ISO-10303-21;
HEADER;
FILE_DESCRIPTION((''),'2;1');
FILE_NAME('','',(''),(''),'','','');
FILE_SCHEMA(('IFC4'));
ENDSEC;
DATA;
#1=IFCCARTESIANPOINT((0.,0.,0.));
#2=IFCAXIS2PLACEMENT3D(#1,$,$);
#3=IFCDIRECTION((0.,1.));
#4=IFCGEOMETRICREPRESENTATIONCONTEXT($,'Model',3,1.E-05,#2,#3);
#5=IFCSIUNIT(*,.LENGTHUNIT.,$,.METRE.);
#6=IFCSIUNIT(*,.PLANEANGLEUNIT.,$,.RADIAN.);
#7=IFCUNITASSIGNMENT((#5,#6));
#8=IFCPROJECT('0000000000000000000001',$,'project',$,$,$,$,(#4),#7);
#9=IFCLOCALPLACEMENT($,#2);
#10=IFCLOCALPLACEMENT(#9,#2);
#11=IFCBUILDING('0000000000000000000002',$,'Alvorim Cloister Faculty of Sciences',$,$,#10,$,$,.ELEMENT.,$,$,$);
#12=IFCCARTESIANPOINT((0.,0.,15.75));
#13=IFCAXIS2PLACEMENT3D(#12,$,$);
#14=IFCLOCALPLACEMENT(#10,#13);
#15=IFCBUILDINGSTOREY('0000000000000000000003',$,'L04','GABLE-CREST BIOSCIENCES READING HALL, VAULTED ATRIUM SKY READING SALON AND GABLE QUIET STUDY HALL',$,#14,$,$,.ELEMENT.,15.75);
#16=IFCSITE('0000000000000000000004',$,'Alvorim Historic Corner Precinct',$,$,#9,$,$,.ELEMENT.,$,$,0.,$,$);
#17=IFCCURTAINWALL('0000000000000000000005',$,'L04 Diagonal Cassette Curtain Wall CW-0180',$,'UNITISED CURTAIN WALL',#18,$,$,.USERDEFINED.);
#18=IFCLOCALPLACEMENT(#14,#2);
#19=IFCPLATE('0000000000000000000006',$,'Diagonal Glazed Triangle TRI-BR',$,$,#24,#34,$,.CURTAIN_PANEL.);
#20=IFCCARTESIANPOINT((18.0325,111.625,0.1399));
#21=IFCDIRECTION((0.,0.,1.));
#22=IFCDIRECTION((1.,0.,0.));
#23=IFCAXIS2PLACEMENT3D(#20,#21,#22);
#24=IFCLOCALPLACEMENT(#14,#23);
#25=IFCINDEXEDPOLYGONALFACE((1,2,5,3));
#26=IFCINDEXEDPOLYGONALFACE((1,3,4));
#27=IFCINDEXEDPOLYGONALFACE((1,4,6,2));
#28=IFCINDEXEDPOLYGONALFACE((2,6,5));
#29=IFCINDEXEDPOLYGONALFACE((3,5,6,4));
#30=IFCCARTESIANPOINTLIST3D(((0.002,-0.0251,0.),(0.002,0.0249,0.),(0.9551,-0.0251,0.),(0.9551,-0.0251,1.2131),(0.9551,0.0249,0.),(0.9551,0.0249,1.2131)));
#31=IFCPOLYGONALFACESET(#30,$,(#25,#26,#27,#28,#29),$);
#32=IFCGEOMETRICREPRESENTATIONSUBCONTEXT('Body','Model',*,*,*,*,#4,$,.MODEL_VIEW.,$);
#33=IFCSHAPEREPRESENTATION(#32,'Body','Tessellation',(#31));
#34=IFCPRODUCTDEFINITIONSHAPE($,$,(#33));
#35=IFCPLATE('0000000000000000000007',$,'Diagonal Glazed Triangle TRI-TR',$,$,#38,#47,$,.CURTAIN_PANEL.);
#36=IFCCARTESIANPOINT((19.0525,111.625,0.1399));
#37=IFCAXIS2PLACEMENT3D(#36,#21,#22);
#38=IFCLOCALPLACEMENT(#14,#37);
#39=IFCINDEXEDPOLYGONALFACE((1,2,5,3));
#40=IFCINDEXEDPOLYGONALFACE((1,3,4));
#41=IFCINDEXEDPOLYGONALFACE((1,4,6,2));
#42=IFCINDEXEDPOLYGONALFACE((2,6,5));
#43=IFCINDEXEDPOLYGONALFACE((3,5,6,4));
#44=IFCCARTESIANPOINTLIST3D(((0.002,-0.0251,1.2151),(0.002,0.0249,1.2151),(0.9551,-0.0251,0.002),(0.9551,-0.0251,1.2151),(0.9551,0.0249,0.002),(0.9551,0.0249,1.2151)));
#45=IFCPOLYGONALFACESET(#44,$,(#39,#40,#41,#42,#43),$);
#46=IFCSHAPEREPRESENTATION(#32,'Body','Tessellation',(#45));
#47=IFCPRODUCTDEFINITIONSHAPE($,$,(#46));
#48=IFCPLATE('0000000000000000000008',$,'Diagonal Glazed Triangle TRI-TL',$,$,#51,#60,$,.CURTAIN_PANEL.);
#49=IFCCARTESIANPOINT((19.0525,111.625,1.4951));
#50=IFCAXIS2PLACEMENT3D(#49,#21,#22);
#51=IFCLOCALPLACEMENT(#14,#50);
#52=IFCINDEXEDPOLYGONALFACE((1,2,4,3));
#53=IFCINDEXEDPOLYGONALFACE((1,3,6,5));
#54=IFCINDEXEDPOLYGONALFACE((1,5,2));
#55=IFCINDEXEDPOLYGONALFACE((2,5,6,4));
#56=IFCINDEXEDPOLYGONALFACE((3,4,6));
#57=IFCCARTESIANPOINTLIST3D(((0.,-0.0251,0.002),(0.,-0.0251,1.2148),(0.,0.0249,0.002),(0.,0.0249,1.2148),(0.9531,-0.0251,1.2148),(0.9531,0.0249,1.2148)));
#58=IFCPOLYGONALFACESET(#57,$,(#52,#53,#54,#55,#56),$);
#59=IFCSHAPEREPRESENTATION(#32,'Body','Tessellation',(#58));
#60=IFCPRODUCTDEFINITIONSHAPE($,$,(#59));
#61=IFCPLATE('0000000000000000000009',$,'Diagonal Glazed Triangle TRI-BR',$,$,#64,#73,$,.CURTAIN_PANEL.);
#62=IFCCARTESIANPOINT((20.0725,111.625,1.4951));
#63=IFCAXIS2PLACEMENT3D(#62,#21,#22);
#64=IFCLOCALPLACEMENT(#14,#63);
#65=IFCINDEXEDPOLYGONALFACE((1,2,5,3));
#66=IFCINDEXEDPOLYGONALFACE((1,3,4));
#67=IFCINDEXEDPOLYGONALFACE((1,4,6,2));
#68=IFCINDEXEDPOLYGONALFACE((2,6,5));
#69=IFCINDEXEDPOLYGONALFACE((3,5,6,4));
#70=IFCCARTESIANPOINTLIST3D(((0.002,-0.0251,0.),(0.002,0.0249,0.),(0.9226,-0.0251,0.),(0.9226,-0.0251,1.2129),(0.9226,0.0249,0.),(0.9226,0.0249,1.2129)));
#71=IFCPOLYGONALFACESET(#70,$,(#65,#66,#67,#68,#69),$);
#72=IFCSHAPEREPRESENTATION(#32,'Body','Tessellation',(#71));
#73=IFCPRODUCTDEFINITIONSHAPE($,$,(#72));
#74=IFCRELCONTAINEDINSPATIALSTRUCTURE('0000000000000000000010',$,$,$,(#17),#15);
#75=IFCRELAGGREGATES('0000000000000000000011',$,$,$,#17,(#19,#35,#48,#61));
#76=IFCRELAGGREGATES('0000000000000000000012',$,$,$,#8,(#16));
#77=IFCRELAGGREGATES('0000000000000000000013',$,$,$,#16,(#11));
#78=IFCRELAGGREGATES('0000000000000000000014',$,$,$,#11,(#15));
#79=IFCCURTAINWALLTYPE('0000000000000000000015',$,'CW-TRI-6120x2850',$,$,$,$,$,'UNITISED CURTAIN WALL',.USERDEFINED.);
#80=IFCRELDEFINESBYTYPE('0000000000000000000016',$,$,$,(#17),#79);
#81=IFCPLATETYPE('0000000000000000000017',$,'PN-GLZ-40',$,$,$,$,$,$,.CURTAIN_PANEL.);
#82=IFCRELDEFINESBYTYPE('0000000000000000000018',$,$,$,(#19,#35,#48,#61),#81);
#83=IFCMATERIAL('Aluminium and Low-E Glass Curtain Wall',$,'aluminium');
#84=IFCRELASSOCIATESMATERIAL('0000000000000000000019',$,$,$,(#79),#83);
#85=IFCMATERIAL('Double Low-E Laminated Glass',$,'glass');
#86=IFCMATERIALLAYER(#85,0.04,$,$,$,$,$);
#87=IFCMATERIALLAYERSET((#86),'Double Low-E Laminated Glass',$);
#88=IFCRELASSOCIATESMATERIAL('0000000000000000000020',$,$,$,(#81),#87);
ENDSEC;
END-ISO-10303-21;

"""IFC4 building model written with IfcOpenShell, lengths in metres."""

from ifc_helpers import new_model, si_unit, direction, frame, origin, place, context, subcontext, project, spatial, polyline, outline, extrude, material, layer, layer_set, type_object, element, aggregate, save


model = new_model("IFC4")

# Units and contexts
model_context = context("Model", 3, precision=1e-05, world=origin(), true_north=direction((0.0, 1.0)))
body_context = subcontext(model_context, "Body", "Model", "MODEL_VIEW")
ifc_project = project(units=[si_unit("LENGTHUNIT", "METRE"), si_unit("PLANEANGLEUNIT", "RADIAN")], contexts=[model_context])

# Site, building, storey
site_placement = place(None, origin())
site = spatial("IfcSite", under=ifc_project, at=site_placement, Name="Alvorim Historic Corner Precinct", CompositionType="ELEMENT", RefElevation=0.0)
building_placement = place(site_placement, origin())
building = spatial("IfcBuilding", under=site, at=building_placement, Name="Alvorim Cloister Faculty of Sciences", CompositionType="ELEMENT")
storey_placement = place(building_placement, frame((0.0, 0.0, 15.75)))
storey = spatial("IfcBuildingStorey", under=building, at=storey_placement, Name="L04", Description="GABLE-CREST BIOSCIENCES READING HALL, VAULTED ATRIUM SKY READING SALON AND GABLE QUIET STUDY HALL", CompositionType="ELEMENT", Elevation=15.75)

# Curtain wall, plates
ifc_material_1 = material(Name="Aluminium and Low-E Glass Curtain Wall", Category="aluminium")
curtain_wall_type = type_object("IfcCurtainWallType", Name="CW-TRI-6120x2850", ElementType="UNITISED CURTAIN WALL", PredefinedType="USERDEFINED", material=ifc_material_1)
curtain_wall_placement = place(storey_placement, origin())
curtain_wall = element("IfcCurtainWall", 1, at=curtain_wall_placement, inside=storey, type_object=curtain_wall_type, Name="L04 Diagonal Cassette Curtain Wall CW-0180", ObjectType="UNITISED CURTAIN WALL", PredefinedType="USERDEFINED")
ifc_material_2 = material(Name="Double Low-E Laminated Glass", Category="glass")
ifc_layer = layer(ifc_material_2, 0.04)
ifc_layer_set = layer_set([ifc_layer], Name="Double Low-E Laminated Glass")
plate_type = type_object("IfcPlateType", Name="PN-GLZ-40", PredefinedType="CURTAIN_PANEL", material=ifc_layer_set)
plate_1_placement = place(storey_placement, frame((18.0325, 111.625, 0.1399), z_axis=(0.0, 0.0, 1.0), x_axis=(1.0, 0.0, 0.0)))
plate_1 = element("IfcPlate", 2, at=plate_1_placement, type_object=plate_type, Name="Diagonal Glazed Triangle TRI-BR", PredefinedType="CURTAIN_PANEL", context=body_context, shape_type="SweptSolid", body=[
    extrude(outline(polyline([(0.002, 0.0), (0.9551, 0.0), (0.9551, 1.2131), (0.002, 0.0)])), frame((0.0, 0.0249, 0.0), z_axis=(0.0, -1.0, 0.0), x_axis=(1.0, 0.0, 0.0)), (0.0, 0.0, 1.0), 0.05),
])
plate_2_placement = place(storey_placement, frame((19.0525, 111.625, 0.1399), z_axis=(0.0, 0.0, 1.0), x_axis=(1.0, 0.0, 0.0)))
plate_2 = element("IfcPlate", 3, at=plate_2_placement, type_object=plate_type, Name="Diagonal Glazed Triangle TRI-TR", PredefinedType="CURTAIN_PANEL", context=body_context, shape_type="SweptSolid", body=[
    extrude(outline(polyline([(0.9551, 0.002), (0.9551, 1.2151), (0.002, 1.2151), (0.9551, 0.002)])), frame((0.0, 0.0249, 0.0), z_axis=(0.0, -1.0, 0.0), x_axis=(1.0, 0.0, 0.0)), (0.0, 0.0, 1.0), 0.05),
])
plate_3_placement = place(storey_placement, frame((19.0525, 111.625, 1.4951), z_axis=(0.0, 0.0, 1.0), x_axis=(1.0, 0.0, 0.0)))
plate_3 = element("IfcPlate", 4, at=plate_3_placement, type_object=plate_type, Name="Diagonal Glazed Triangle TRI-TL", PredefinedType="CURTAIN_PANEL", context=body_context, shape_type="SweptSolid", body=[
    extrude(outline(polyline([(0.9531, 1.2148), (0.0, 1.2148), (0.0, 0.002), (0.9531, 1.2148)])), frame((0.0, 0.0249, 0.0), z_axis=(0.0, -1.0, 0.0), x_axis=(1.0, 0.0, 0.0)), (0.0, 0.0, 1.0), 0.05),
])
plate_4_placement = place(storey_placement, frame((20.0725, 111.625, 1.4951), z_axis=(0.0, 0.0, 1.0), x_axis=(1.0, 0.0, 0.0)))
plate_4 = element("IfcPlate", 5, at=plate_4_placement, type_object=plate_type, Name="Diagonal Glazed Triangle TRI-BR", PredefinedType="CURTAIN_PANEL", context=body_context, shape_type="SweptSolid", body=[
    extrude(outline(polyline([(0.002, 0.0), (0.9226, 0.0), (0.9226, 1.2129), (0.002, 0.0)])), frame((0.0, 0.0249, 0.0), z_axis=(0.0, -1.0, 0.0), x_axis=(1.0, 0.0, 0.0)), (0.0, 0.0, 1.0), 0.05),
])
aggregate(curtain_wall, [plate_1, plate_2, plate_3, plate_4])

save(model, "model.ifc")
